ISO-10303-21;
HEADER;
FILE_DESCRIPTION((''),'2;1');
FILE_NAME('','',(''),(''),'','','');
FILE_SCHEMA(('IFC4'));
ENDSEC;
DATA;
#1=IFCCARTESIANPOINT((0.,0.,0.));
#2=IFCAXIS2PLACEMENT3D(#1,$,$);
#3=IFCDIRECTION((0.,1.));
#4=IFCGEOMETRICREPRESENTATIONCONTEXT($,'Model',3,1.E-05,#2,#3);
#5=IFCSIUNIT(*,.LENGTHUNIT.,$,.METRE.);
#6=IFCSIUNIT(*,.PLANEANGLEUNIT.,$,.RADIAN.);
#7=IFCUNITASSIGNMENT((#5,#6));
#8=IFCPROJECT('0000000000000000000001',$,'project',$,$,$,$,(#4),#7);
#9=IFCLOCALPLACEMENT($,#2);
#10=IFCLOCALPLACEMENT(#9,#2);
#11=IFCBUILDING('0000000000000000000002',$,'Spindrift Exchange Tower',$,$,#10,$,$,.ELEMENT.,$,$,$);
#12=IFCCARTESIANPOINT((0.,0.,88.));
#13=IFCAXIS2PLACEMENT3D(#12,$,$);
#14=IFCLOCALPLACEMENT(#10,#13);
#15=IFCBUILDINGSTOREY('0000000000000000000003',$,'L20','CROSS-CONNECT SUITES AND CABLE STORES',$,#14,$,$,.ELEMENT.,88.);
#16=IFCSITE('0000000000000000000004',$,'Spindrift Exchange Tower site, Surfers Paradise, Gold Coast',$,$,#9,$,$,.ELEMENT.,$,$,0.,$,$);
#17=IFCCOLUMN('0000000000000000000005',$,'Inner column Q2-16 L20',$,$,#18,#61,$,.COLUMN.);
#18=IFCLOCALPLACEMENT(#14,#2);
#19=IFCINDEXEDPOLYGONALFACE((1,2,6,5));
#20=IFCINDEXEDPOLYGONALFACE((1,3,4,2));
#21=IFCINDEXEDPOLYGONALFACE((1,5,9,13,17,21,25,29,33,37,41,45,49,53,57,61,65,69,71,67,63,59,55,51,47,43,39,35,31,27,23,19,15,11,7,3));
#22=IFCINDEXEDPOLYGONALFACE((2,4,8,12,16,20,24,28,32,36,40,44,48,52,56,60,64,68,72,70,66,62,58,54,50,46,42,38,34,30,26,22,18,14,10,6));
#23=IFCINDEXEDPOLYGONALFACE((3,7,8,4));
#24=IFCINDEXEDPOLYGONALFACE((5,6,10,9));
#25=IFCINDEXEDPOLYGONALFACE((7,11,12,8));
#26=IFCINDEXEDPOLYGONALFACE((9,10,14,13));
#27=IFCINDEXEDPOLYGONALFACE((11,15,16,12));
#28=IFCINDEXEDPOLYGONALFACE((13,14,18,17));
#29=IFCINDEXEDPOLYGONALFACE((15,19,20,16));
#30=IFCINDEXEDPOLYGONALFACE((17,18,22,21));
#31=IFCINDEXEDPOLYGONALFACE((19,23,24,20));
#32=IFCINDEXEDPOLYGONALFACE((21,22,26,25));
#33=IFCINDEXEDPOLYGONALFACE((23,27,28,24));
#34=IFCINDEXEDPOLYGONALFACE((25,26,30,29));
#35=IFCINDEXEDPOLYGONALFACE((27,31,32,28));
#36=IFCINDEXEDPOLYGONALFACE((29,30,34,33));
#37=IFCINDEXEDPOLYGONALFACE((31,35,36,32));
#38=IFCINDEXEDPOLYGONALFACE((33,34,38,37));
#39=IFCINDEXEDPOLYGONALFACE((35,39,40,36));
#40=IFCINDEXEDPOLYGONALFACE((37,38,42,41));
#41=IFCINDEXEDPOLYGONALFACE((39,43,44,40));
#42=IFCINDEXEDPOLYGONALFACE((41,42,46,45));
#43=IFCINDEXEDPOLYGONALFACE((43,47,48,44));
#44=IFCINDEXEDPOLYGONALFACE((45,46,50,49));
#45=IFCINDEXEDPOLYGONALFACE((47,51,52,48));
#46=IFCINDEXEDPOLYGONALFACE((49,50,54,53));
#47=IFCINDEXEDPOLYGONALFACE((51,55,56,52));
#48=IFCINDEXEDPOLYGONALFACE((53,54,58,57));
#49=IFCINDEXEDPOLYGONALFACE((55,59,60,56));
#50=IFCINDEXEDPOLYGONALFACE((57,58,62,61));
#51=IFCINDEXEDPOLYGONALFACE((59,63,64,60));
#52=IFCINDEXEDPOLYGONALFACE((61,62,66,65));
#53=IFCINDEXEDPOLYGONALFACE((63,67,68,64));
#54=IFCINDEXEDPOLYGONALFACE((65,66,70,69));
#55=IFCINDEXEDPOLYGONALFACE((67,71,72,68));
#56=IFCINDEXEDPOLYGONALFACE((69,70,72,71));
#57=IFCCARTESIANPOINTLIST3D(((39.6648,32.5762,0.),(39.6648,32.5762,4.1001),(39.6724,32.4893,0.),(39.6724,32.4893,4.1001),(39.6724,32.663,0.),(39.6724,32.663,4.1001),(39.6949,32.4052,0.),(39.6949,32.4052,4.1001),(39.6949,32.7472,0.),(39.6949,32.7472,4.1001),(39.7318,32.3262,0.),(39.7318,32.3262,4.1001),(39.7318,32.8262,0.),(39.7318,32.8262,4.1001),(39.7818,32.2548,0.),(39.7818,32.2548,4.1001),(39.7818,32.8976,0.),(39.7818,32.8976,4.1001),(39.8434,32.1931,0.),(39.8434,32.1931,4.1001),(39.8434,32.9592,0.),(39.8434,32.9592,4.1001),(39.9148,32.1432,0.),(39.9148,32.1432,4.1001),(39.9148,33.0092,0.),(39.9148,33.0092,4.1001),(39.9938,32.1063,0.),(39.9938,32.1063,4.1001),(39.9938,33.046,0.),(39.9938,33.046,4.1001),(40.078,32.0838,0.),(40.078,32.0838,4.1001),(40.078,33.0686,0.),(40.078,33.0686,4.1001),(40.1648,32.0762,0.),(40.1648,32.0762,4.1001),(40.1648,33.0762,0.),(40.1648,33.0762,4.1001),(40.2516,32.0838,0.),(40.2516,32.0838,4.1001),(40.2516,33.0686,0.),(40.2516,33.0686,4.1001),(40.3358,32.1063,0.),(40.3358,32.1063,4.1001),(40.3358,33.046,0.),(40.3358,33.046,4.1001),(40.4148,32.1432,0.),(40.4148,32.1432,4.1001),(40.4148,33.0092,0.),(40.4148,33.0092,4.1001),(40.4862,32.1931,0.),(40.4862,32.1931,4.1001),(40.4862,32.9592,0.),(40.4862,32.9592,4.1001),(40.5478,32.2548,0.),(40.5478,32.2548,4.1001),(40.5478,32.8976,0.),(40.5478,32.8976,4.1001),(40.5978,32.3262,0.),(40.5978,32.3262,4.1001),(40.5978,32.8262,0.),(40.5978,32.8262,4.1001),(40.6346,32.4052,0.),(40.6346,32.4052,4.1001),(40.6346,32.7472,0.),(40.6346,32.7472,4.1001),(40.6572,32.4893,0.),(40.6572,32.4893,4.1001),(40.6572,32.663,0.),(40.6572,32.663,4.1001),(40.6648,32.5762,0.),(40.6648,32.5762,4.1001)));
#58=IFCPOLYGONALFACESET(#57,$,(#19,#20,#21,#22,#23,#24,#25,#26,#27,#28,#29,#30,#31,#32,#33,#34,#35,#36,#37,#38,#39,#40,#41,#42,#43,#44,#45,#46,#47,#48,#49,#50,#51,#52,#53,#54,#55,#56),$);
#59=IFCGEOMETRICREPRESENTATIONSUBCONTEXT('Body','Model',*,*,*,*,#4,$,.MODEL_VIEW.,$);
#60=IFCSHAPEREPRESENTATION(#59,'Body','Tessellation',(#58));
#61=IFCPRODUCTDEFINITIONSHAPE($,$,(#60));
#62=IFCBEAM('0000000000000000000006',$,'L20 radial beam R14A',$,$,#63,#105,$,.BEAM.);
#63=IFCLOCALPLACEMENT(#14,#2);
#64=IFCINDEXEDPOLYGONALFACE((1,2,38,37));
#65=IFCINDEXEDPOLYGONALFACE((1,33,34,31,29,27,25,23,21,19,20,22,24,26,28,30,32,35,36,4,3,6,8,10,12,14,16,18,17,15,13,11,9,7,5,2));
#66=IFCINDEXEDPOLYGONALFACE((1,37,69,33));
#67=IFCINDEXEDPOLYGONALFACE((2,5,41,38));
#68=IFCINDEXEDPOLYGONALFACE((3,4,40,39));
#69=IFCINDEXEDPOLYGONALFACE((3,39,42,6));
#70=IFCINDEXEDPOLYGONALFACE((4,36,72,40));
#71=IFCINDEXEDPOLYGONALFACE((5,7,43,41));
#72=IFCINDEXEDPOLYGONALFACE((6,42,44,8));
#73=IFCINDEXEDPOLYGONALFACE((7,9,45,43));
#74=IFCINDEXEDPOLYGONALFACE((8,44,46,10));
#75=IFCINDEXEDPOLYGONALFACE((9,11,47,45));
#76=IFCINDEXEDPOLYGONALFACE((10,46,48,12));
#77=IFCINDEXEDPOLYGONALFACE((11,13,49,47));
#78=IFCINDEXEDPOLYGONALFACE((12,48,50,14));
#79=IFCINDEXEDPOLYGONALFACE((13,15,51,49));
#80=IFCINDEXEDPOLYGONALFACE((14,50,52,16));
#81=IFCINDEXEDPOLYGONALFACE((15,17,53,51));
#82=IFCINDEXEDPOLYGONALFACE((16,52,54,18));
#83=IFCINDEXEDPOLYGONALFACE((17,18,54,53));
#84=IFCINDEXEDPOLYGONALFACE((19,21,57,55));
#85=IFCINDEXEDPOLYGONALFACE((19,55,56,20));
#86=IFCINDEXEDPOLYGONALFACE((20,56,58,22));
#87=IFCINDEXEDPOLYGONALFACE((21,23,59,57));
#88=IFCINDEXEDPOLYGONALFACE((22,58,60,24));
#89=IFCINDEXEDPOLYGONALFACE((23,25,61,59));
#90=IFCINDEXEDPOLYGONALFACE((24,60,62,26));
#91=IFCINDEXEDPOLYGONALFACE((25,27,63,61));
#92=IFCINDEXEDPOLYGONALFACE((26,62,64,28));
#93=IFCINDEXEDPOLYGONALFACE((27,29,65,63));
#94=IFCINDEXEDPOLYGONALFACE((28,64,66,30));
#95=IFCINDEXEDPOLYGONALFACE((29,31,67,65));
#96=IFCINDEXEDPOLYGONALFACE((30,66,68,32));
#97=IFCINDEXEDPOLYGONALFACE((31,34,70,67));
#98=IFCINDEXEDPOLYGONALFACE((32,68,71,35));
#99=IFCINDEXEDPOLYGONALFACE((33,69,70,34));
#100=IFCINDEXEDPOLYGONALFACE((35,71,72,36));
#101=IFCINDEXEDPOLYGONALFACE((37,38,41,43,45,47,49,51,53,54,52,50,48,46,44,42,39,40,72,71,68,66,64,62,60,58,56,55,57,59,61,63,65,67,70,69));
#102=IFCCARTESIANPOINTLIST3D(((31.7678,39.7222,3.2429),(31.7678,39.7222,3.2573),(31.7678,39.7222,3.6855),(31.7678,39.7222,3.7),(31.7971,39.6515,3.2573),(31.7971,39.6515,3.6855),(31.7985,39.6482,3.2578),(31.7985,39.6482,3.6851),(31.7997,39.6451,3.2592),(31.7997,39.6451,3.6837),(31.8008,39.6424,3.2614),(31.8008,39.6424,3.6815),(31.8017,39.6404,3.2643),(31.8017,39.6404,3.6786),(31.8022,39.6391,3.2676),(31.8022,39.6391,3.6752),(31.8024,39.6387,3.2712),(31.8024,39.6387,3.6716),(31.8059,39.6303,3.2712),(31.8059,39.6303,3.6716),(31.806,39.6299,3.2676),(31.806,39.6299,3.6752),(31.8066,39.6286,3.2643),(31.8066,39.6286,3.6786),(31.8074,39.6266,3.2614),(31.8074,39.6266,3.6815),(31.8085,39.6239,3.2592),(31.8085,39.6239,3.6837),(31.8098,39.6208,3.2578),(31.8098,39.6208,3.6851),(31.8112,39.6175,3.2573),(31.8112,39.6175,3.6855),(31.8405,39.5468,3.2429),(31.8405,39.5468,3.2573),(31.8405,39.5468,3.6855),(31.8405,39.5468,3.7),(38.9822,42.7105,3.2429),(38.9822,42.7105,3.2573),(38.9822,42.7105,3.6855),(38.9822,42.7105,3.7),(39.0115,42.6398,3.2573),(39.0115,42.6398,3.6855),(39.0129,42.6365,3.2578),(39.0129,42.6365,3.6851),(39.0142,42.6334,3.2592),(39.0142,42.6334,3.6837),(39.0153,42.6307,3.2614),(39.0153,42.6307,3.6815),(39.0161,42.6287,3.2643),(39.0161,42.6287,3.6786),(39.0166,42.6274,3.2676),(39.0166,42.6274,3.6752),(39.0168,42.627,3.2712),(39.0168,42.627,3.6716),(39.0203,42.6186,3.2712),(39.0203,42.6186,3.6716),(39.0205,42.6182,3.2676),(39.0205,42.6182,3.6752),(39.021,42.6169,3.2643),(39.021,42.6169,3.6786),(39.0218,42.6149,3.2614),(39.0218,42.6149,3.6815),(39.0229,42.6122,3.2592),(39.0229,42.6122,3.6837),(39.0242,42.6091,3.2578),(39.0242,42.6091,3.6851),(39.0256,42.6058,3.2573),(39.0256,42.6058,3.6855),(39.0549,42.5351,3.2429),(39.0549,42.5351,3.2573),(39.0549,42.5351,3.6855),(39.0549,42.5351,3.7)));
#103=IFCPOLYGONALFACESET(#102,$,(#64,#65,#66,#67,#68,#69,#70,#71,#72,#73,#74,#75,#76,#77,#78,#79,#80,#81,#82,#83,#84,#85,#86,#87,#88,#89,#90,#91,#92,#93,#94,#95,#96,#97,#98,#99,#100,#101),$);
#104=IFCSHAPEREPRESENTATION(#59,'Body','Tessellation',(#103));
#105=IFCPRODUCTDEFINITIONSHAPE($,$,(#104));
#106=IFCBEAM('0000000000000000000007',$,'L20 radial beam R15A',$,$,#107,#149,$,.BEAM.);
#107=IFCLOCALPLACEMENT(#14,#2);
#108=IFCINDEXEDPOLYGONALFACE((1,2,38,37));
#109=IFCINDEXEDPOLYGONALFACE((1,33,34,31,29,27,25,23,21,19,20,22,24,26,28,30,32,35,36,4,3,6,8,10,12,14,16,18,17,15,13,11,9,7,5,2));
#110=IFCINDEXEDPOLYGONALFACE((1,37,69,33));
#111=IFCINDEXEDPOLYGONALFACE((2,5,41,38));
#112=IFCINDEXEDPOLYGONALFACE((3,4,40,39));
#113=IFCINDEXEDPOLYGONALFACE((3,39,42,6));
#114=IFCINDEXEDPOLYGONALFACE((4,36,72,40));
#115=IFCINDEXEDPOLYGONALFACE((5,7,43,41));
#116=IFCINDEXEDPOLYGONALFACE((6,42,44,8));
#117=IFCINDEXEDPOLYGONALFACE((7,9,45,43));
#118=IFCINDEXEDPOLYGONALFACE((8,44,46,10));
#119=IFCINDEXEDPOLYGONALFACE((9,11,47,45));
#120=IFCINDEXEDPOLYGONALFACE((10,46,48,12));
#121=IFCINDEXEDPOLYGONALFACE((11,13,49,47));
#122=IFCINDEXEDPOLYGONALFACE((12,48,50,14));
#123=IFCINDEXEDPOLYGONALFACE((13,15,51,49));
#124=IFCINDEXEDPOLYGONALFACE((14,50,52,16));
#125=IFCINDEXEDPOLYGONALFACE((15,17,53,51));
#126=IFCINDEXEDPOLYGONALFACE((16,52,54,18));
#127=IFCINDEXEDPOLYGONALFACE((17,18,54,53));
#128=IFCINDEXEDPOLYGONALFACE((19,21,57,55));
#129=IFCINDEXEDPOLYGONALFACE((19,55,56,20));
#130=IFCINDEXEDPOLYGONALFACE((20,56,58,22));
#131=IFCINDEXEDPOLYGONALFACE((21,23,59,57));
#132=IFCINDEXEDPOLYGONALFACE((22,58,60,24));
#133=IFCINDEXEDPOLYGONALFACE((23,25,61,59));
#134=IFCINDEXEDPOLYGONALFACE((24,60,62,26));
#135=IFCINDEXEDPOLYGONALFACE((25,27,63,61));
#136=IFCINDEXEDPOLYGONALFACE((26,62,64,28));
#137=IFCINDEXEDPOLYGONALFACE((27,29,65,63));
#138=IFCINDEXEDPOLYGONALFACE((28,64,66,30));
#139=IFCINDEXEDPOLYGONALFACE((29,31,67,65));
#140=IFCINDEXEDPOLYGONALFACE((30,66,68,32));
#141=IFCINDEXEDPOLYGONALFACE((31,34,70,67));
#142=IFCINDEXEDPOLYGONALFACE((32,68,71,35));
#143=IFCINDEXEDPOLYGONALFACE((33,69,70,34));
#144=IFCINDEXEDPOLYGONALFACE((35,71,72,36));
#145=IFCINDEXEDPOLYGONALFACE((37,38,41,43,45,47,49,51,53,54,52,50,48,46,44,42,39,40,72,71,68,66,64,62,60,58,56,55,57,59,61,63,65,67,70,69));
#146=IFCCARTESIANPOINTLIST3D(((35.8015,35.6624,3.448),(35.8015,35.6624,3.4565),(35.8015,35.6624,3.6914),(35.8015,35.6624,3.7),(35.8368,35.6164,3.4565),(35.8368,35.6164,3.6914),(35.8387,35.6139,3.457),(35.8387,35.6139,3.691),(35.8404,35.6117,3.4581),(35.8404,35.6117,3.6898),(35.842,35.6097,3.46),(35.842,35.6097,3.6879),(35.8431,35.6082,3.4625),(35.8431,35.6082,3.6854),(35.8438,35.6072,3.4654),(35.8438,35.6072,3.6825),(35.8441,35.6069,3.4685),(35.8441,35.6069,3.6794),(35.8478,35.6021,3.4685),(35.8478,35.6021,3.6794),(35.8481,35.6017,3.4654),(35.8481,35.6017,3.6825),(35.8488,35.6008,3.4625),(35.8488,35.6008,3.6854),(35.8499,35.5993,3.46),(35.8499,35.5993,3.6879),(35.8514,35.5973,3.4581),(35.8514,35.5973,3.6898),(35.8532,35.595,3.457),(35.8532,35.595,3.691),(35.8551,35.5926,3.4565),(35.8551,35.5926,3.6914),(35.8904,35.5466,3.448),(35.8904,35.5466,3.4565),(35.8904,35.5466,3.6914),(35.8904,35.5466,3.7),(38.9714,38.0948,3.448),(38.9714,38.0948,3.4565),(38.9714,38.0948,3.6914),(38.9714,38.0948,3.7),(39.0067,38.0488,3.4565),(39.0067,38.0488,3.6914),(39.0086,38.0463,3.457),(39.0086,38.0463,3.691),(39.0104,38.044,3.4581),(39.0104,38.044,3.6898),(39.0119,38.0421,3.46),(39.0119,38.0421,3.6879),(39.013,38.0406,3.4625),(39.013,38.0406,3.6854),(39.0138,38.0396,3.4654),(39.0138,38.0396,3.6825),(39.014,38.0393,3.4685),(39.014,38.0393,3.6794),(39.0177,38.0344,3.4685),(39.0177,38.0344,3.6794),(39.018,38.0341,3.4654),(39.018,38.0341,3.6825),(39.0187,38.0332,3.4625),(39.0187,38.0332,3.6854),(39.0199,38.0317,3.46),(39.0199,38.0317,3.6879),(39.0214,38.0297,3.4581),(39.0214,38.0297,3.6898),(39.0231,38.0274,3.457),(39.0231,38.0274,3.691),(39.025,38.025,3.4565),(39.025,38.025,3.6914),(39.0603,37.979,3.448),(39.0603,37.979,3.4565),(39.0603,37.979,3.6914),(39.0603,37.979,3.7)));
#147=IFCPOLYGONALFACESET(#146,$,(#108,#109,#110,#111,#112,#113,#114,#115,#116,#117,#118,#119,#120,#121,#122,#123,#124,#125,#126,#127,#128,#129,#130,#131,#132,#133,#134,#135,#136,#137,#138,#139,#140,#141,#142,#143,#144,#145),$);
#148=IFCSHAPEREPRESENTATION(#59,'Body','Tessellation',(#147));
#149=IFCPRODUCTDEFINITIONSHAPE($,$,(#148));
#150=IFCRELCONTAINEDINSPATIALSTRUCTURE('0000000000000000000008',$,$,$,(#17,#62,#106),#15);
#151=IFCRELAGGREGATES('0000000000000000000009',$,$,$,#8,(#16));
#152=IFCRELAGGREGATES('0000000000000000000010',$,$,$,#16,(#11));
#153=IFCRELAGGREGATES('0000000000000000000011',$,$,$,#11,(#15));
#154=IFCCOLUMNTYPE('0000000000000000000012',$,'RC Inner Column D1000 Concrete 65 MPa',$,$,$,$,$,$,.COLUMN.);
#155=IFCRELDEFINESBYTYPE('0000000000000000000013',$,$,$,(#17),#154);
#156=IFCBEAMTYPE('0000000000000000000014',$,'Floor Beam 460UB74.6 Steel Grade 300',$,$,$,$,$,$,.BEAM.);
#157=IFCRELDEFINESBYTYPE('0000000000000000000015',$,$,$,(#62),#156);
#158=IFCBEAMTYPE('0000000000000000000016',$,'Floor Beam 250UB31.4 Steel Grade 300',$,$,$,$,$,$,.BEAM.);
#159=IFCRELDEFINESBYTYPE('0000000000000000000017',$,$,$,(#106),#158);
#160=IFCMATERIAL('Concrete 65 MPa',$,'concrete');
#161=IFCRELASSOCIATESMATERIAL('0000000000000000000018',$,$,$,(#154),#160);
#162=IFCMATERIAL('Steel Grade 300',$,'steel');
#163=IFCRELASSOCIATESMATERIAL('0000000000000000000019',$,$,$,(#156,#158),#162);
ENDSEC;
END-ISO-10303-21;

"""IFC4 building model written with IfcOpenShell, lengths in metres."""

from ifc_helpers import new_model, si_unit, direction, frame, origin, origin_2d, place, context, subcontext, project, spatial, circle, i_section, extrude, source, transform, mapped, material, material_profile, profile_set, type_object, element, save


model = new_model("IFC4")

# Units and contexts
model_context = context("Model", 3, precision=1e-05, world=origin(), true_north=direction((0.0, 1.0)))
body_context = subcontext(model_context, "Body", "Model", "MODEL_VIEW")
ifc_project = project(units=[si_unit("LENGTHUNIT", "METRE"), si_unit("PLANEANGLEUNIT", "RADIAN")], contexts=[model_context])

# Site, building, storey
site_placement = place(None, origin())
site = spatial("IfcSite", under=ifc_project, at=site_placement, Name="Spindrift Exchange Tower site, Surfers Paradise, Gold Coast", CompositionType="ELEMENT", RefElevation=0.0)
building_placement = place(site_placement, origin())
building = spatial("IfcBuilding", under=site, at=building_placement, Name="Spindrift Exchange Tower", CompositionType="ELEMENT")
storey_placement = place(building_placement, frame((0.0, 0.0, 88.0)))
storey = spatial("IfcBuildingStorey", under=building, at=storey_placement, Name="L20", Description="CROSS-CONNECT SUITES AND CABLE STORES", CompositionType="ELEMENT", Elevation=88.0)

# Column
ifc_material_1 = material(Name="Concrete 65 MPa", Category="concrete")
ifc_material_profile_1 = material_profile(ifc_material_1, circle(Radius=0.5, at=origin_2d()), Name="RC D1000")
ifc_profile_set_1 = profile_set([ifc_material_profile_1], Name="Concrete 65 MPa")
column_type = type_object("IfcColumnType", Name="RC Inner Column D1000 Concrete 65 MPa", PredefinedType="COLUMN", material=ifc_profile_set_1)
shared_shape_1 = source(origin(), body_context, "Body", "SweptSolid", [
    extrude(circle(Radius=0.5, at=origin_2d()), origin(), (0.0, 0.0, 1.0), 4.1001),
])
column_placement = place(storey_placement, frame((40.1648, 32.5762, 0.0), z_axis=(0.0, 0.0, 1.0), x_axis=(1.0, 0.0, 0.0)))
element("IfcColumn", 1, at=column_placement, inside=storey, type_object=column_type, Name="Inner column Q2-16 L20", PredefinedType="COLUMN", context=body_context, shape_type="MappedRepresentation", body=[
    mapped(shared_shape_1, transform((0.0, 0.0, 0.0), scale=1.0)),
])

# Beams
ifc_material_2 = material(Name="Steel Grade 300", Category="steel")
ifc_material_profile_2 = material_profile(ifc_material_2, i_section(OverallWidth=0.1899, OverallDepth=0.457, WebThickness=0.009, FlangeThickness=0.0144, FilletRadius=0.0139, at=origin_2d()), Name="460UB74.6")
ifc_profile_set_2 = profile_set([ifc_material_profile_2], Name="Steel Grade 300")
beam_type_1 = type_object("IfcBeamType", Name="Floor Beam 460UB74.6 Steel Grade 300", PredefinedType="BEAM", material=ifc_profile_set_2)
shared_shape_2 = source(origin(), body_context, "Body", "SweptSolid", [
    extrude(i_section(OverallWidth=0.1899, OverallDepth=0.457, WebThickness=0.009, FlangeThickness=0.0144, FilletRadius=0.0139, at=origin_2d()), origin(), (0.0, 0.0, 1.0), 7.8088),
])
beam_1_placement = place(storey_placement, frame((39.0186, 42.6228, 3.4714), z_axis=(-0.92388, -0.382683, 0.0), x_axis=(0.382683, -0.92388, 0.0)))
element("IfcBeam", 2, at=beam_1_placement, inside=storey, type_object=beam_type_1, Name="L20 radial beam R14A", PredefinedType="BEAM", context=body_context, shape_type="MappedRepresentation", body=[
    mapped(shared_shape_2, transform((0.0, 0.0, 0.0), scale=1.0)),
])
ifc_material_profile_3 = material_profile(ifc_material_2, i_section(OverallWidth=0.146, OverallDepth=0.252, WebThickness=0.0061, FlangeThickness=0.0085, FilletRadius=0.012, at=origin_2d()), Name="250UB31.4")
ifc_profile_set_3 = profile_set([ifc_material_profile_3], Name="Steel Grade 300")
beam_type_2 = type_object("IfcBeamType", Name="Floor Beam 250UB31.4 Steel Grade 300", PredefinedType="BEAM", material=ifc_profile_set_3)
shared_shape_3 = source(origin(), body_context, "Body", "SweptSolid", [
    extrude(i_section(OverallWidth=0.146, OverallDepth=0.252, WebThickness=0.0061, FlangeThickness=0.0085, FilletRadius=0.012, at=origin_2d()), origin(), (0.0, 0.0, 1.0), 3.9956),
])
beam_2_placement = place(storey_placement, frame((39.0159, 38.0369, 3.574), z_axis=(-0.793353, -0.608762, 0.0), x_axis=(0.608762, -0.793353, 0.0)))
element("IfcBeam", 3, at=beam_2_placement, inside=storey, type_object=beam_type_2, Name="L20 radial beam R15A", PredefinedType="BEAM", context=body_context, shape_type="MappedRepresentation", body=[
    mapped(shared_shape_3, transform((0.0, 0.0, 0.0), scale=1.0)),
])

save(model, "model.ifc")
